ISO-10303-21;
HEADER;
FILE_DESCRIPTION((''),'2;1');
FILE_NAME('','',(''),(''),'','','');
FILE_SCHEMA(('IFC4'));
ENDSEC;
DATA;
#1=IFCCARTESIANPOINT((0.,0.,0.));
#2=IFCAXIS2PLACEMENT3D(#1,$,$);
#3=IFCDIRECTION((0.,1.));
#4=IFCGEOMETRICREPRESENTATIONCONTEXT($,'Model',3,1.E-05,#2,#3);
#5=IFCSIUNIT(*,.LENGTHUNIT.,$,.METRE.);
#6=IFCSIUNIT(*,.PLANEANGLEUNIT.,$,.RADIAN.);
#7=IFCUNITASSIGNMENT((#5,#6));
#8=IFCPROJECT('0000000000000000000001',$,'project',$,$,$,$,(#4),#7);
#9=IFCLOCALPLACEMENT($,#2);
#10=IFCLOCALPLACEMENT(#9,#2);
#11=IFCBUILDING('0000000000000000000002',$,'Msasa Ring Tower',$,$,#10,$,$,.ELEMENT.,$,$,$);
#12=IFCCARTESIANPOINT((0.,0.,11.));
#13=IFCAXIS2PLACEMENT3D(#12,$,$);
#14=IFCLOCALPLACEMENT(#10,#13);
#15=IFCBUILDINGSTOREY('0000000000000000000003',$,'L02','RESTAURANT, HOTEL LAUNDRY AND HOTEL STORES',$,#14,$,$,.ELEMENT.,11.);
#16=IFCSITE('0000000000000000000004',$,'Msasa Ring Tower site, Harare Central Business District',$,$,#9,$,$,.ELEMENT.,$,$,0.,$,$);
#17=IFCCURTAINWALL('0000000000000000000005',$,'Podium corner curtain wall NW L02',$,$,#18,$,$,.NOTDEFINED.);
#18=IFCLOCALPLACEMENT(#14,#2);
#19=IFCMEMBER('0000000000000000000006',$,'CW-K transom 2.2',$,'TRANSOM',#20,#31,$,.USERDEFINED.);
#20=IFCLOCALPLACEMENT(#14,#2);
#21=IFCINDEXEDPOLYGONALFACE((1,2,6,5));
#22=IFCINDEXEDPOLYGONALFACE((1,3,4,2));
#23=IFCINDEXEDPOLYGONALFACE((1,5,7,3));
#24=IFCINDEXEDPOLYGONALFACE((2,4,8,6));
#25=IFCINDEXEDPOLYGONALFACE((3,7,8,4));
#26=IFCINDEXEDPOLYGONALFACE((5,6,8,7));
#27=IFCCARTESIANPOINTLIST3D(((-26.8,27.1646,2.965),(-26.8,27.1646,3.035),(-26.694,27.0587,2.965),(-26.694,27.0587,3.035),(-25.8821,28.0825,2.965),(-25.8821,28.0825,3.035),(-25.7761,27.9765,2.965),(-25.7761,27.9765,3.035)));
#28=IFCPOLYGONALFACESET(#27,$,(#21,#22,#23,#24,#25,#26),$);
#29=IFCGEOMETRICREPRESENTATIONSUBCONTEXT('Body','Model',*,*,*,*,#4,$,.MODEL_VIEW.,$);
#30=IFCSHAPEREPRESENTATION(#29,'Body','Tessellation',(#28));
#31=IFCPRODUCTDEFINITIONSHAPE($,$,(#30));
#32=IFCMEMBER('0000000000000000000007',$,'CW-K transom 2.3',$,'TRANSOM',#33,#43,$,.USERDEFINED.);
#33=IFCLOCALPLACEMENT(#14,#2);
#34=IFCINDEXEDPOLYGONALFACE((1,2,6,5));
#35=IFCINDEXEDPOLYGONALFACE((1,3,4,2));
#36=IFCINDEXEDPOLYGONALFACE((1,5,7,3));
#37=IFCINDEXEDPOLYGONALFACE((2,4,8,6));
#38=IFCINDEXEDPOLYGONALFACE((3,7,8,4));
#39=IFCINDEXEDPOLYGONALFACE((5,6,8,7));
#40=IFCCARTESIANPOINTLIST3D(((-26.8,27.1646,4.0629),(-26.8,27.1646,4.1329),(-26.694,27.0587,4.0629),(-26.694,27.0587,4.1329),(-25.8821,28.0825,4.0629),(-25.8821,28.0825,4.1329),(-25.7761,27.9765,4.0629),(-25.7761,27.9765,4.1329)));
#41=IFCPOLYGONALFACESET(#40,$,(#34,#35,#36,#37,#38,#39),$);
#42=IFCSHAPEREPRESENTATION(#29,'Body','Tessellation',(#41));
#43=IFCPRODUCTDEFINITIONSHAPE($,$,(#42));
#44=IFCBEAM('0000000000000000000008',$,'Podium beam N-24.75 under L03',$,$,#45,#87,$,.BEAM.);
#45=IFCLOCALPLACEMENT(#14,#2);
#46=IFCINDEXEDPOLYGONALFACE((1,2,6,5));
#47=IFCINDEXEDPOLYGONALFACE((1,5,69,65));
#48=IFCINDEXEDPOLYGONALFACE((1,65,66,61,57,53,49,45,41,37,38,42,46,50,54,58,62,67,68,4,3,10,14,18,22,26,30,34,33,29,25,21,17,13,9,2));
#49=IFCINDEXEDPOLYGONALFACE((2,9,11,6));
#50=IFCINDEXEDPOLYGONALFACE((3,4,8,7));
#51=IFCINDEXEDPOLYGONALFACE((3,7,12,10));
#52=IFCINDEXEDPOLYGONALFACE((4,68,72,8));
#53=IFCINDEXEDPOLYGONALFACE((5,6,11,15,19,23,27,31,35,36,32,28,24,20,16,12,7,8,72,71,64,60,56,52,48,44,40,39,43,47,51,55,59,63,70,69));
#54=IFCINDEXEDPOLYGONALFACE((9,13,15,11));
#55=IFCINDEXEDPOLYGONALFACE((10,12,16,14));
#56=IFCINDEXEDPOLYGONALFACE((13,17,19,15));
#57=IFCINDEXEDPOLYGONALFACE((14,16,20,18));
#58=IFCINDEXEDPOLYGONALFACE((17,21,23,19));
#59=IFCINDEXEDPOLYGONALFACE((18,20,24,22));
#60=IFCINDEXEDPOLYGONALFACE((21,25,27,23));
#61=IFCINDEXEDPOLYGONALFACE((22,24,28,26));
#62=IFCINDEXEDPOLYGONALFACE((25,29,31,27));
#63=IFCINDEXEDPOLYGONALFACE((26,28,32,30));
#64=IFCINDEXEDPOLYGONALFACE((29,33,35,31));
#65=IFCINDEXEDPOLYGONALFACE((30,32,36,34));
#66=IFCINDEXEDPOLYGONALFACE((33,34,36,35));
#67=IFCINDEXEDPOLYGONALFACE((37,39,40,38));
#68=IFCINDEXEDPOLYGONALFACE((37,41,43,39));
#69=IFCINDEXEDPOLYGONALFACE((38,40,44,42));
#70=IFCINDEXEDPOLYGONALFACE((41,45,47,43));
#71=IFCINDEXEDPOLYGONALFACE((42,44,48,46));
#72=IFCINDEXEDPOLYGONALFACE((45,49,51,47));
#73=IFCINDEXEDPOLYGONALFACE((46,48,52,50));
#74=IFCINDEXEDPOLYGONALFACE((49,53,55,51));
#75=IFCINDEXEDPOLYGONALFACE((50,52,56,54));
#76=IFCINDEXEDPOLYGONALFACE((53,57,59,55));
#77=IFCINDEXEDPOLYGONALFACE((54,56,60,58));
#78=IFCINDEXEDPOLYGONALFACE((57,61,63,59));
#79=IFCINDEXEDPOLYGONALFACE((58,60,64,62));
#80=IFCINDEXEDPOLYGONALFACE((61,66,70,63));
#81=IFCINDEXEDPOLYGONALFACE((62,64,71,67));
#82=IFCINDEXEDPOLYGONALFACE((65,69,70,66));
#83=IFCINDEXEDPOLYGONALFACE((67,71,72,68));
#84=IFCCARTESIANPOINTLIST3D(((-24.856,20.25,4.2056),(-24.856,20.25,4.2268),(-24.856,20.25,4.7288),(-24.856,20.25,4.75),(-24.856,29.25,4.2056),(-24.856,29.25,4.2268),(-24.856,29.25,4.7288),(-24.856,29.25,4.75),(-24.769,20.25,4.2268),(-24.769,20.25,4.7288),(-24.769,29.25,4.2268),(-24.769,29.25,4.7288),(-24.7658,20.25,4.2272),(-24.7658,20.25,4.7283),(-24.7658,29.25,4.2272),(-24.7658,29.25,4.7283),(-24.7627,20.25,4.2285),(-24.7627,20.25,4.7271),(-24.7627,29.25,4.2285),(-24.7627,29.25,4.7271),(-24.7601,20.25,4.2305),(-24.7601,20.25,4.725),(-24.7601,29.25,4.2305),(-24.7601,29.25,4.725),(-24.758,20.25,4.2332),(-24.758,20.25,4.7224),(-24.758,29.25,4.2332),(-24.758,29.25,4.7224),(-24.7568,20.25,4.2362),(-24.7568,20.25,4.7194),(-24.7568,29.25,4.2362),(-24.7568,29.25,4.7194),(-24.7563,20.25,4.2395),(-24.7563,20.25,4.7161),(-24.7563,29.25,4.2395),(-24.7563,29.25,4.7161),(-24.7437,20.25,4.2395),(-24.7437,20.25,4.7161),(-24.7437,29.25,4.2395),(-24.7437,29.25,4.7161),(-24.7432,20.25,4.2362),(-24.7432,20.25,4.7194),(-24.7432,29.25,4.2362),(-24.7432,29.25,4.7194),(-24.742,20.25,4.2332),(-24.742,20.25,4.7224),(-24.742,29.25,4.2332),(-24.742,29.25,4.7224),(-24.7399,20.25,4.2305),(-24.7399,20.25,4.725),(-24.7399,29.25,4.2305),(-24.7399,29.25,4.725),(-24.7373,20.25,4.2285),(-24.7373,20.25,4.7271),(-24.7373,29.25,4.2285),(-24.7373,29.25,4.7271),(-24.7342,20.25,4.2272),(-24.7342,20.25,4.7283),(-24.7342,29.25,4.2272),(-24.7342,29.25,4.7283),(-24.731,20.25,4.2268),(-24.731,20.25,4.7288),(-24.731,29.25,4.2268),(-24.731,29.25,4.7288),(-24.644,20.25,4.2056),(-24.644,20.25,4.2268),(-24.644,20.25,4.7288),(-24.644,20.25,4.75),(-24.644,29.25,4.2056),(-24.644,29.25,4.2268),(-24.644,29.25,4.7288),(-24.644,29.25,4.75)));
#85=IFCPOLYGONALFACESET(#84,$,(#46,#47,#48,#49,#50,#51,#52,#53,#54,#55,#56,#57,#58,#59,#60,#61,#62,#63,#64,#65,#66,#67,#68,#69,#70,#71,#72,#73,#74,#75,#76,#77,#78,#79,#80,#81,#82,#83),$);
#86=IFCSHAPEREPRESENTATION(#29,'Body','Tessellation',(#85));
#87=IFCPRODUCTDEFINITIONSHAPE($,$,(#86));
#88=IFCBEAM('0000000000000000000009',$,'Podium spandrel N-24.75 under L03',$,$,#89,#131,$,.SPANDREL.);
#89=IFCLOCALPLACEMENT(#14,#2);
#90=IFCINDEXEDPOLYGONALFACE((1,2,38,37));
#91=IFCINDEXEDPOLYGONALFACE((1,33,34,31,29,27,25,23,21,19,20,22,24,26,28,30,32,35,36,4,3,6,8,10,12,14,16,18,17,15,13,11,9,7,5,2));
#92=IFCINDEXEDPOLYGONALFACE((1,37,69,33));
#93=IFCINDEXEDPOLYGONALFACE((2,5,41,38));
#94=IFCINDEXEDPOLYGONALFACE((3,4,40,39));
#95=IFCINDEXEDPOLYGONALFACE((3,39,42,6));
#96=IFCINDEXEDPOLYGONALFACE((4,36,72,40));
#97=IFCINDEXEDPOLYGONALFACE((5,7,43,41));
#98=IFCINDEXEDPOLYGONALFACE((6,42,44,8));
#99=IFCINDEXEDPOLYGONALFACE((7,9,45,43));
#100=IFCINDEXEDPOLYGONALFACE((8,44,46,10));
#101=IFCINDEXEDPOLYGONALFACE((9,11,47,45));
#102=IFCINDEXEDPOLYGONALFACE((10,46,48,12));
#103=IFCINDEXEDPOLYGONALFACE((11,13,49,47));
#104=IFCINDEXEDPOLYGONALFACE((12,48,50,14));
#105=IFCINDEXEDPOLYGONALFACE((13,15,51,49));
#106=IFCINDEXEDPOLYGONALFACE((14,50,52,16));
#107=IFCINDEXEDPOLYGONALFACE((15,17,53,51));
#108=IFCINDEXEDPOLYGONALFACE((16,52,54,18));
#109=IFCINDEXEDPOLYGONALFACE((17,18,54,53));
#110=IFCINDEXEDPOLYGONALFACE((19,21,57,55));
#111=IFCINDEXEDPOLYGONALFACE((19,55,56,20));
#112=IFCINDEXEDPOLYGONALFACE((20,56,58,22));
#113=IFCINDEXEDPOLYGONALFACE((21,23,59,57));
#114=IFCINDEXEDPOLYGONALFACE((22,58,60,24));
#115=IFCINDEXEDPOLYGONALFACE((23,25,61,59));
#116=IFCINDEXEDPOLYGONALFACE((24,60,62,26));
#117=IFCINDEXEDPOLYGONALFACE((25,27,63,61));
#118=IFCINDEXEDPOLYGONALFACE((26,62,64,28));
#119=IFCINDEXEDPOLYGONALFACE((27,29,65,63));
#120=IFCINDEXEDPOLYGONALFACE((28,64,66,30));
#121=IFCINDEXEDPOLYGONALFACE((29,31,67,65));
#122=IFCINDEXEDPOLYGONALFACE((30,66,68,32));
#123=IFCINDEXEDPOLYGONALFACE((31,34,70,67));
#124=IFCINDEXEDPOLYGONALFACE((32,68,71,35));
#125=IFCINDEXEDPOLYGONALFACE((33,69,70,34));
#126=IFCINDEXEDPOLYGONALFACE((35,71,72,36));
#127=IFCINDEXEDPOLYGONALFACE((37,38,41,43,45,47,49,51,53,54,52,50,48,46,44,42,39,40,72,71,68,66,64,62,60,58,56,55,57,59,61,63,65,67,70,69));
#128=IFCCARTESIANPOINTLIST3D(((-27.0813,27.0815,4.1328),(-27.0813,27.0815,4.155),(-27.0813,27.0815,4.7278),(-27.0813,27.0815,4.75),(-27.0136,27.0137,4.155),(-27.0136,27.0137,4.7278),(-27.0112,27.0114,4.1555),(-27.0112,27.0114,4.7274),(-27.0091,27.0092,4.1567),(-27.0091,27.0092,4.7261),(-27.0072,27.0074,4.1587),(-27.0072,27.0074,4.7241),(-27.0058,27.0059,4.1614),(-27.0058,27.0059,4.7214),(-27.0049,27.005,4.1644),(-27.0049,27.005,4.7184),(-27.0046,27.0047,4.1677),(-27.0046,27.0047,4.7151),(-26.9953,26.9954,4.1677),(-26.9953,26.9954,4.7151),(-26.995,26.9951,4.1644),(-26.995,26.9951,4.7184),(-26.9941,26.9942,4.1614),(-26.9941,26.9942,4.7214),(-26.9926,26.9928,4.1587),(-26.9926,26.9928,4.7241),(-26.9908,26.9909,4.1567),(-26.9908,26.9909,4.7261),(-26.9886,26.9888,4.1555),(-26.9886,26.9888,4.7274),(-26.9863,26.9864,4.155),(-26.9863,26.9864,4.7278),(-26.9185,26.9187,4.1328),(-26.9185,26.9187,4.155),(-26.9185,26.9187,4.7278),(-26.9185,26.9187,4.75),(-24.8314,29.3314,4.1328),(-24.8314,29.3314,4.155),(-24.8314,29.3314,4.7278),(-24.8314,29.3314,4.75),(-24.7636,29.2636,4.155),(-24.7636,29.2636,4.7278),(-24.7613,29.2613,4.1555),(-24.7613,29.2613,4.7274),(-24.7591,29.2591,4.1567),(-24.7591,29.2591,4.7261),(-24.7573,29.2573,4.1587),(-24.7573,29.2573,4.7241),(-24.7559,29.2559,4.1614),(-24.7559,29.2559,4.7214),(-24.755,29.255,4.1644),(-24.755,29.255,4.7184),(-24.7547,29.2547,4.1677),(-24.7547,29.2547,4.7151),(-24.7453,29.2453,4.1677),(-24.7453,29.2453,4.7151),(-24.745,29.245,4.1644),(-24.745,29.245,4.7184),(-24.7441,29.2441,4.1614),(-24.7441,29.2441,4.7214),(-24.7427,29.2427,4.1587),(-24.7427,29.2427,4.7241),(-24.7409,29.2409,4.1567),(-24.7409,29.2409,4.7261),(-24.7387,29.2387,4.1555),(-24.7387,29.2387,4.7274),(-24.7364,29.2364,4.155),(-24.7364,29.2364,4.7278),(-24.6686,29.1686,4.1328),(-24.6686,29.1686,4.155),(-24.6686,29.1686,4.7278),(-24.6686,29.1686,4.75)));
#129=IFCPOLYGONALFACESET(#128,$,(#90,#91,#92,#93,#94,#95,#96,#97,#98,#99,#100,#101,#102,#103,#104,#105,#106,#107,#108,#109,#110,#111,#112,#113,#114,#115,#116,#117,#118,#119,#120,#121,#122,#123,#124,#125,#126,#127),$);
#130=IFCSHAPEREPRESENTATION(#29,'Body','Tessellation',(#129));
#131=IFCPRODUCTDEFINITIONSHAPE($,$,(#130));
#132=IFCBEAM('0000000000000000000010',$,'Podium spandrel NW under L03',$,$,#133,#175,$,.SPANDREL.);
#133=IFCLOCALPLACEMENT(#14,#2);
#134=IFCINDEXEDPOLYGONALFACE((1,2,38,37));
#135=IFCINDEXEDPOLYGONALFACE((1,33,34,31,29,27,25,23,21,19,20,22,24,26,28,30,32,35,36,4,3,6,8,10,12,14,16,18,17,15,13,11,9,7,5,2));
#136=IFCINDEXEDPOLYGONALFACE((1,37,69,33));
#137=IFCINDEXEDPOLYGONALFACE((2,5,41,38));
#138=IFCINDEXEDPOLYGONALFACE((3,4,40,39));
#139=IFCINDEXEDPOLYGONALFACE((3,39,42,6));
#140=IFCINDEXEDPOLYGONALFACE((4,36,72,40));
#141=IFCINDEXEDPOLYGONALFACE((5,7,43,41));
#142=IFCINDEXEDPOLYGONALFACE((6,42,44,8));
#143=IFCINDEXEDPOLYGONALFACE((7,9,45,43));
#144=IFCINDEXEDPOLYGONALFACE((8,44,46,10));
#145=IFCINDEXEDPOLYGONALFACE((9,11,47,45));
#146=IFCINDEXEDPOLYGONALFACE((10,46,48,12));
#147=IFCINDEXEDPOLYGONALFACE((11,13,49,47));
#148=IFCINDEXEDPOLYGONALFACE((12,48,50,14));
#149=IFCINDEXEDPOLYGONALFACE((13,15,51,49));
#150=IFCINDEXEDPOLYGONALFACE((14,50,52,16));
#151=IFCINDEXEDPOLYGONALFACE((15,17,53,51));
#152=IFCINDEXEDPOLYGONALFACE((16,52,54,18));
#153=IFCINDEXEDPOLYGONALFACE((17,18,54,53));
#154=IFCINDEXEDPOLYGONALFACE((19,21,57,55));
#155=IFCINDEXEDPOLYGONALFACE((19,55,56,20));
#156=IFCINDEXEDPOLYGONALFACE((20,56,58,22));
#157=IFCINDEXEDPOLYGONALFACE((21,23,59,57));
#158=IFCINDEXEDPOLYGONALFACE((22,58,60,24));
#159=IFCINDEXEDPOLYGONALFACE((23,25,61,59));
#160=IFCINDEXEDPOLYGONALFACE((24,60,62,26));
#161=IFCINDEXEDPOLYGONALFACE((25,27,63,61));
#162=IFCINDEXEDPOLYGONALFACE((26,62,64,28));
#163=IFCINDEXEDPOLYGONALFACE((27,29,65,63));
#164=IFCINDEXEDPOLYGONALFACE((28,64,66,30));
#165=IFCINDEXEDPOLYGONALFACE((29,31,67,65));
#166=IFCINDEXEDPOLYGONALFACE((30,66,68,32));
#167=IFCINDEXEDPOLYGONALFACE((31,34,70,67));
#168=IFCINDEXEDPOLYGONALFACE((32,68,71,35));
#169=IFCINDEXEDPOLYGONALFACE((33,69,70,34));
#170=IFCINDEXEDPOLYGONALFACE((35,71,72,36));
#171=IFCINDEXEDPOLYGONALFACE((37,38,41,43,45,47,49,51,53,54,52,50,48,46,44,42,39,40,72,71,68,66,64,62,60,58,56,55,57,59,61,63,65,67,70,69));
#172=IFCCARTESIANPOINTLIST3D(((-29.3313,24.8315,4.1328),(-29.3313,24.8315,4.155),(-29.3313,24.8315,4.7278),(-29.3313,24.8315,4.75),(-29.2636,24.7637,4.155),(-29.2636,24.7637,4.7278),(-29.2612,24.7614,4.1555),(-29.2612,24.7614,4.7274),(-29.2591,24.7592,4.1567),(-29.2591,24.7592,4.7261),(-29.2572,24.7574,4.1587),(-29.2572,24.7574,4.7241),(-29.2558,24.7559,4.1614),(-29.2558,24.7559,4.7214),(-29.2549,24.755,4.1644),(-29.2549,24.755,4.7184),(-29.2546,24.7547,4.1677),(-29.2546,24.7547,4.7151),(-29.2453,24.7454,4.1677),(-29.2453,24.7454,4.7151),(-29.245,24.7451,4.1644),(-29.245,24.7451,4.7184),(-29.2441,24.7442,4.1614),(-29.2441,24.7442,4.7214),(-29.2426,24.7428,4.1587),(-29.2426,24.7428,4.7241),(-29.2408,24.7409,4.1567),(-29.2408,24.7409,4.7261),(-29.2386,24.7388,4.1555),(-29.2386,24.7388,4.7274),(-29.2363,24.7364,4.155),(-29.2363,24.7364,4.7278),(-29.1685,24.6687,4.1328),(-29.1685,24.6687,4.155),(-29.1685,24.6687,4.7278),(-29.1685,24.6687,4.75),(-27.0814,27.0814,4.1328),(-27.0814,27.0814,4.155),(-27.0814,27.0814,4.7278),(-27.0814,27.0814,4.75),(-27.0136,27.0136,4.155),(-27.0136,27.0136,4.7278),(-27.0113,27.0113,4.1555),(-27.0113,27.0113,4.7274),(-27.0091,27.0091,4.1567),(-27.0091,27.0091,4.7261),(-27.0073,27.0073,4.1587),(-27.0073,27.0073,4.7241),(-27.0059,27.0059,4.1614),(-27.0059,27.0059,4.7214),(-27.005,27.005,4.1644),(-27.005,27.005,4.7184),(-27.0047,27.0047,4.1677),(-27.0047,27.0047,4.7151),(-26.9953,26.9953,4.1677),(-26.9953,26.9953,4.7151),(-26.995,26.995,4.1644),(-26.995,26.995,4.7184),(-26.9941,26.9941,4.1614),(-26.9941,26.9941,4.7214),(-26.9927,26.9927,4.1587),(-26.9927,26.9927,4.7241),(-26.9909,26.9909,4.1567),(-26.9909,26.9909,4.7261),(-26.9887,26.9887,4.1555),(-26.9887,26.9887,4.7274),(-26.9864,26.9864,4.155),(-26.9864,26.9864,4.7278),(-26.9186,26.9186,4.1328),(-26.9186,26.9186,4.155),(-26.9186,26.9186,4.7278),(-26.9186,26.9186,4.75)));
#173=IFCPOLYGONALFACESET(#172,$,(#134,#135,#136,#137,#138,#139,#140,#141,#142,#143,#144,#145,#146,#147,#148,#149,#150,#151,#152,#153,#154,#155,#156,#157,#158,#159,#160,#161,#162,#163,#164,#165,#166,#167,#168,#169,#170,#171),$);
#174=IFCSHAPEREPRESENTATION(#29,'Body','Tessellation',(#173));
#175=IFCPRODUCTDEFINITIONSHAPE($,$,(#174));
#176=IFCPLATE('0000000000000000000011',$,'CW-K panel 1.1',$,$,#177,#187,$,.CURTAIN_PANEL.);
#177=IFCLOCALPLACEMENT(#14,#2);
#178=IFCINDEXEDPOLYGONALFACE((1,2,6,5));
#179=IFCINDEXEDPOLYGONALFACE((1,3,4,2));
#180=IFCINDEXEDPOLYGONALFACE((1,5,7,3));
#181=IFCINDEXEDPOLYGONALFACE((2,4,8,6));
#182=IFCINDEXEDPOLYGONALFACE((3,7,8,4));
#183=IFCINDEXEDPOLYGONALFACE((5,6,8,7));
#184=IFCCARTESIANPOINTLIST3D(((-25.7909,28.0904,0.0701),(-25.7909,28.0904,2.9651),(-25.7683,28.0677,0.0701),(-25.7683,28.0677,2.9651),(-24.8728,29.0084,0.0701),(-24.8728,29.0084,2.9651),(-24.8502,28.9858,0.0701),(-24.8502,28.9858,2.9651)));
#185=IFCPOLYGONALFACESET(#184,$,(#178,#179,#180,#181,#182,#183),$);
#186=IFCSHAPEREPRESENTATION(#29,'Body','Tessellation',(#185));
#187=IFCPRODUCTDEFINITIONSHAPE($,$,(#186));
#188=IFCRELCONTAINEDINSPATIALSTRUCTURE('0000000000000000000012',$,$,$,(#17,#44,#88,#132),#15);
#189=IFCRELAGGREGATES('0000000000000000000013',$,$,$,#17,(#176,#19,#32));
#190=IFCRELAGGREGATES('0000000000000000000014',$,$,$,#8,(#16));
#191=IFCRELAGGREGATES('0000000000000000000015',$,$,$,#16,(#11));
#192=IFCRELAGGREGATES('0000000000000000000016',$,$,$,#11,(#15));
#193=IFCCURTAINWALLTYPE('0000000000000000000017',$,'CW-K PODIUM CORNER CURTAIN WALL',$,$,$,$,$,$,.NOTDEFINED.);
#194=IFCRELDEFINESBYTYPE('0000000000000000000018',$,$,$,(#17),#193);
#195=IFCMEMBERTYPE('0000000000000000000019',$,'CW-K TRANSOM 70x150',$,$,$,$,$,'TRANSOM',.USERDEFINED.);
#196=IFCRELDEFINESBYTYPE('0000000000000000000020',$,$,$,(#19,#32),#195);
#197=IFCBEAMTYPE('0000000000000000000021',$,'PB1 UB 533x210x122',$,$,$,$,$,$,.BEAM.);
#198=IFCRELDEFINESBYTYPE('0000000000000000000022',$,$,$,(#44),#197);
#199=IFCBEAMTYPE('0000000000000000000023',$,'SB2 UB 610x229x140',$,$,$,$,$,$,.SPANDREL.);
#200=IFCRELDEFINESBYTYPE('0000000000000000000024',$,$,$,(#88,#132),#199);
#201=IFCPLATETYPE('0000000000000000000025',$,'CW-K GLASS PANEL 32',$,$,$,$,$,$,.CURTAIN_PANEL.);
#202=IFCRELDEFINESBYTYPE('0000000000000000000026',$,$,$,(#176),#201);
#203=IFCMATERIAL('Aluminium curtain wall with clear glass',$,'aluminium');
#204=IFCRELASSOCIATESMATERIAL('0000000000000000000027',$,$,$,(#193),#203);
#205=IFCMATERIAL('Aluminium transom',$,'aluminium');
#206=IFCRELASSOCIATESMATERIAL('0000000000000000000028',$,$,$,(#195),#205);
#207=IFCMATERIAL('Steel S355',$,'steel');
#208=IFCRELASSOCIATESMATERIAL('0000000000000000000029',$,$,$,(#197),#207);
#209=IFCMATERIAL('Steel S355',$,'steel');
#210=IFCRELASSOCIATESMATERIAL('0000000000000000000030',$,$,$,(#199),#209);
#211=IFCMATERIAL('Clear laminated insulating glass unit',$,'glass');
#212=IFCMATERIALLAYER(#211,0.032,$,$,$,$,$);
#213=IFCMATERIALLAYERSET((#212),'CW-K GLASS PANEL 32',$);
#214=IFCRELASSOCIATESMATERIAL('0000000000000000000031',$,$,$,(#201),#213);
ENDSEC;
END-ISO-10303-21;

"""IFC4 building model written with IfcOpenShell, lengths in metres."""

from ifc_helpers import new_model, si_unit, direction, frame, origin, origin_2d, place, context, subcontext, project, spatial, rectangle, i_section, extrude, material, layer, layer_set, material_profile, profile_set, type_object, element, aggregate, save


model = new_model("IFC4")

# Units and contexts
model_context = context("Model", 3, precision=1e-05, world=origin(), true_north=direction((0.0, 1.0)))
body_context = subcontext(model_context, "Body", "Model", "MODEL_VIEW")
ifc_project = project(units=[si_unit("LENGTHUNIT", "METRE"), si_unit("PLANEANGLEUNIT", "RADIAN")], contexts=[model_context])

# Site, building, storey
site_placement = place(None, origin())
site = spatial("IfcSite", under=ifc_project, at=site_placement, Name="Msasa Ring Tower site, Harare Central Business District", CompositionType="ELEMENT", RefElevation=0.0)
building_placement = place(site_placement, origin())
building = spatial("IfcBuilding", under=site, at=building_placement, Name="Msasa Ring Tower", CompositionType="ELEMENT")
storey_placement = place(building_placement, frame((0.0, 0.0, 11.0)))
storey = spatial("IfcBuildingStorey", under=building, at=storey_placement, Name="L02", Description="RESTAURANT, HOTEL LAUNDRY AND HOTEL STORES", CompositionType="ELEMENT", Elevation=11.0)

# Curtain wall, members
ifc_material_1 = material(Name="Aluminium curtain wall with clear glass", Category="aluminium")
curtain_wall_type = type_object("IfcCurtainWallType", Name="CW-K PODIUM CORNER CURTAIN WALL", PredefinedType="NOTDEFINED", material=ifc_material_1)
curtain_wall_placement = place(storey_placement, origin())
curtain_wall = element("IfcCurtainWall", 1, at=curtain_wall_placement, inside=storey, type_object=curtain_wall_type, Name="Podium corner curtain wall NW L02", PredefinedType="NOTDEFINED")
ifc_material_2 = material(Name="Aluminium transom", Category="aluminium")
ifc_material_profile_1 = material_profile(ifc_material_2, rectangle(XDim=0.1499, YDim=0.0701, at=origin_2d()), Name="AL 70x150")
ifc_profile_set_1 = profile_set([ifc_material_profile_1], Name="Aluminium transom")
member_type_1 = type_object("IfcMemberType", Name="CW-K TRANSOM 70x150", ElementType="TRANSOM", PredefinedType="USERDEFINED", material=ifc_profile_set_1)
member_1_placement = place(storey_placement, frame((-25.8291, 28.0295, 3.0), z_axis=(-0.707107, -0.707107, 0.0), x_axis=(0.707107, -0.707107, 0.0)))
member_1 = element("IfcMember", 2, at=member_1_placement, type_object=member_type_1, Name="CW-K transom 2.2", ObjectType="TRANSOM", PredefinedType="USERDEFINED", context=body_context, shape_type="SweptSolid", body=[
    extrude(rectangle(XDim=0.1499, YDim=0.0701, at=origin_2d()), origin(), (0.0, 0.0, 1.0), 1.2981),
])
member_2_placement = place(storey_placement, frame((-25.8291, 28.0295, 4.0979), z_axis=(-0.707107, -0.707107, 0.0), x_axis=(0.707107, -0.707107, 0.0)))
member_2 = element("IfcMember", 3, at=member_2_placement, type_object=member_type_1, Name="CW-K transom 2.3", ObjectType="TRANSOM", PredefinedType="USERDEFINED", context=body_context, shape_type="SweptSolid", body=[
    extrude(rectangle(XDim=0.1499, YDim=0.0701, at=origin_2d()), origin(), (0.0, 0.0, 1.0), 1.2981),
])

# Beams
ifc_material_3 = material(Name="Steel S355", Category="steel")
ifc_material_profile_2 = material_profile(ifc_material_3, i_section(OverallWidth=0.2119, OverallDepth=0.5444, WebThickness=0.0127, FlangeThickness=0.0212, FilletRadius=0.0127, at=origin_2d()), Name="UB 533x210x122")
ifc_profile_set_2 = profile_set([ifc_material_profile_2], Name="Steel S355")
beam_type_1 = type_object("IfcBeamType", Name="PB1 UB 533x210x122", PredefinedType="BEAM", material=ifc_profile_set_2)
beam_placement = place(storey_placement, frame((-24.75, 29.25, 4.4778), z_axis=(0.0, -1.0, 0.0), x_axis=(1.0, 0.0, 0.0)))
element("IfcBeam", 4, at=beam_placement, inside=storey, type_object=beam_type_1, Name="Podium beam N-24.75 under L03", PredefinedType="BEAM", context=body_context, shape_type="SweptSolid", body=[
    extrude(i_section(OverallWidth=0.2119, OverallDepth=0.5444, WebThickness=0.0127, FlangeThickness=0.0212, FilletRadius=0.0127, at=origin_2d()), origin(), (0.0, 0.0, 1.0), 9.0),
])
ifc_material_4 = material(Name="Steel S355", Category="steel")
ifc_material_profile_3 = material_profile(ifc_material_4, i_section(OverallWidth=0.2302, OverallDepth=0.6172, WebThickness=0.0132, FlangeThickness=0.0222, FilletRadius=0.0127, at=origin_2d()), Name="UB 610x229x140")
ifc_profile_set_3 = profile_set([ifc_material_profile_3], Name="Steel S355")
beam_type_2 = type_object("IfcBeamType", Name="SB2 UB 610x229x140", PredefinedType="SPANDREL", material=ifc_profile_set_3)
for number, where, z_axis, x_axis, name in (
    (5, (-24.75, 29.25, 4.4414), (-0.707107, -0.707107, 0.0), (0.707107, -0.707107, 0.0), "Podium spandrel N-24.75 under L03"),
    (6, (-27.0, 27.0, 4.4414), (-0.707107, -0.707107, 0.0), (0.707107, -0.707107, 0.0), "Podium spandrel NW under L03"),
):
    element("IfcBeam", number, at=place(storey_placement, frame(where, z_axis=z_axis, x_axis=x_axis)), inside=storey, type_object=beam_type_2, Name=name, PredefinedType="SPANDREL", context=body_context, shape_type="SweptSolid", body=[
        extrude(i_section(OverallWidth=0.2302, OverallDepth=0.6172, WebThickness=0.0132, FlangeThickness=0.0222, FilletRadius=0.0127, at=origin_2d()), origin(), (0.0, 0.0, 1.0), 3.1819),
    ])

# Plate
ifc_material_5 = material(Name="Clear laminated insulating glass unit", Category="glass")
ifc_layer_1 = layer(ifc_material_5, 0.032)
ifc_layer_set_1 = layer_set([ifc_layer_1], Name="CW-K GLASS PANEL 32")
plate_type = type_object("IfcPlateType", Name="CW-K GLASS PANEL 32", PredefinedType="CURTAIN_PANEL", material=ifc_layer_set_1)
plate_1_placement = place(storey_placement, frame((-25.3206, 28.5381, 0.0701), z_axis=(0.0, 0.0, 1.0), x_axis=(-0.707107, -0.707107, 0.0)))
plate_1 = element("IfcPlate", 7, at=plate_1_placement, type_object=plate_type, Name="CW-K panel 1.1", PredefinedType="CURTAIN_PANEL", context=body_context, shape_type="SweptSolid", body=[
    extrude(rectangle(XDim=1.2983, YDim=0.032, at=origin_2d()), origin(), (0.0, 0.0, 1.0), 2.895),
])
aggregate(curtain_wall, [plate_1, member_1, member_2])

save(model, "model.ifc")
